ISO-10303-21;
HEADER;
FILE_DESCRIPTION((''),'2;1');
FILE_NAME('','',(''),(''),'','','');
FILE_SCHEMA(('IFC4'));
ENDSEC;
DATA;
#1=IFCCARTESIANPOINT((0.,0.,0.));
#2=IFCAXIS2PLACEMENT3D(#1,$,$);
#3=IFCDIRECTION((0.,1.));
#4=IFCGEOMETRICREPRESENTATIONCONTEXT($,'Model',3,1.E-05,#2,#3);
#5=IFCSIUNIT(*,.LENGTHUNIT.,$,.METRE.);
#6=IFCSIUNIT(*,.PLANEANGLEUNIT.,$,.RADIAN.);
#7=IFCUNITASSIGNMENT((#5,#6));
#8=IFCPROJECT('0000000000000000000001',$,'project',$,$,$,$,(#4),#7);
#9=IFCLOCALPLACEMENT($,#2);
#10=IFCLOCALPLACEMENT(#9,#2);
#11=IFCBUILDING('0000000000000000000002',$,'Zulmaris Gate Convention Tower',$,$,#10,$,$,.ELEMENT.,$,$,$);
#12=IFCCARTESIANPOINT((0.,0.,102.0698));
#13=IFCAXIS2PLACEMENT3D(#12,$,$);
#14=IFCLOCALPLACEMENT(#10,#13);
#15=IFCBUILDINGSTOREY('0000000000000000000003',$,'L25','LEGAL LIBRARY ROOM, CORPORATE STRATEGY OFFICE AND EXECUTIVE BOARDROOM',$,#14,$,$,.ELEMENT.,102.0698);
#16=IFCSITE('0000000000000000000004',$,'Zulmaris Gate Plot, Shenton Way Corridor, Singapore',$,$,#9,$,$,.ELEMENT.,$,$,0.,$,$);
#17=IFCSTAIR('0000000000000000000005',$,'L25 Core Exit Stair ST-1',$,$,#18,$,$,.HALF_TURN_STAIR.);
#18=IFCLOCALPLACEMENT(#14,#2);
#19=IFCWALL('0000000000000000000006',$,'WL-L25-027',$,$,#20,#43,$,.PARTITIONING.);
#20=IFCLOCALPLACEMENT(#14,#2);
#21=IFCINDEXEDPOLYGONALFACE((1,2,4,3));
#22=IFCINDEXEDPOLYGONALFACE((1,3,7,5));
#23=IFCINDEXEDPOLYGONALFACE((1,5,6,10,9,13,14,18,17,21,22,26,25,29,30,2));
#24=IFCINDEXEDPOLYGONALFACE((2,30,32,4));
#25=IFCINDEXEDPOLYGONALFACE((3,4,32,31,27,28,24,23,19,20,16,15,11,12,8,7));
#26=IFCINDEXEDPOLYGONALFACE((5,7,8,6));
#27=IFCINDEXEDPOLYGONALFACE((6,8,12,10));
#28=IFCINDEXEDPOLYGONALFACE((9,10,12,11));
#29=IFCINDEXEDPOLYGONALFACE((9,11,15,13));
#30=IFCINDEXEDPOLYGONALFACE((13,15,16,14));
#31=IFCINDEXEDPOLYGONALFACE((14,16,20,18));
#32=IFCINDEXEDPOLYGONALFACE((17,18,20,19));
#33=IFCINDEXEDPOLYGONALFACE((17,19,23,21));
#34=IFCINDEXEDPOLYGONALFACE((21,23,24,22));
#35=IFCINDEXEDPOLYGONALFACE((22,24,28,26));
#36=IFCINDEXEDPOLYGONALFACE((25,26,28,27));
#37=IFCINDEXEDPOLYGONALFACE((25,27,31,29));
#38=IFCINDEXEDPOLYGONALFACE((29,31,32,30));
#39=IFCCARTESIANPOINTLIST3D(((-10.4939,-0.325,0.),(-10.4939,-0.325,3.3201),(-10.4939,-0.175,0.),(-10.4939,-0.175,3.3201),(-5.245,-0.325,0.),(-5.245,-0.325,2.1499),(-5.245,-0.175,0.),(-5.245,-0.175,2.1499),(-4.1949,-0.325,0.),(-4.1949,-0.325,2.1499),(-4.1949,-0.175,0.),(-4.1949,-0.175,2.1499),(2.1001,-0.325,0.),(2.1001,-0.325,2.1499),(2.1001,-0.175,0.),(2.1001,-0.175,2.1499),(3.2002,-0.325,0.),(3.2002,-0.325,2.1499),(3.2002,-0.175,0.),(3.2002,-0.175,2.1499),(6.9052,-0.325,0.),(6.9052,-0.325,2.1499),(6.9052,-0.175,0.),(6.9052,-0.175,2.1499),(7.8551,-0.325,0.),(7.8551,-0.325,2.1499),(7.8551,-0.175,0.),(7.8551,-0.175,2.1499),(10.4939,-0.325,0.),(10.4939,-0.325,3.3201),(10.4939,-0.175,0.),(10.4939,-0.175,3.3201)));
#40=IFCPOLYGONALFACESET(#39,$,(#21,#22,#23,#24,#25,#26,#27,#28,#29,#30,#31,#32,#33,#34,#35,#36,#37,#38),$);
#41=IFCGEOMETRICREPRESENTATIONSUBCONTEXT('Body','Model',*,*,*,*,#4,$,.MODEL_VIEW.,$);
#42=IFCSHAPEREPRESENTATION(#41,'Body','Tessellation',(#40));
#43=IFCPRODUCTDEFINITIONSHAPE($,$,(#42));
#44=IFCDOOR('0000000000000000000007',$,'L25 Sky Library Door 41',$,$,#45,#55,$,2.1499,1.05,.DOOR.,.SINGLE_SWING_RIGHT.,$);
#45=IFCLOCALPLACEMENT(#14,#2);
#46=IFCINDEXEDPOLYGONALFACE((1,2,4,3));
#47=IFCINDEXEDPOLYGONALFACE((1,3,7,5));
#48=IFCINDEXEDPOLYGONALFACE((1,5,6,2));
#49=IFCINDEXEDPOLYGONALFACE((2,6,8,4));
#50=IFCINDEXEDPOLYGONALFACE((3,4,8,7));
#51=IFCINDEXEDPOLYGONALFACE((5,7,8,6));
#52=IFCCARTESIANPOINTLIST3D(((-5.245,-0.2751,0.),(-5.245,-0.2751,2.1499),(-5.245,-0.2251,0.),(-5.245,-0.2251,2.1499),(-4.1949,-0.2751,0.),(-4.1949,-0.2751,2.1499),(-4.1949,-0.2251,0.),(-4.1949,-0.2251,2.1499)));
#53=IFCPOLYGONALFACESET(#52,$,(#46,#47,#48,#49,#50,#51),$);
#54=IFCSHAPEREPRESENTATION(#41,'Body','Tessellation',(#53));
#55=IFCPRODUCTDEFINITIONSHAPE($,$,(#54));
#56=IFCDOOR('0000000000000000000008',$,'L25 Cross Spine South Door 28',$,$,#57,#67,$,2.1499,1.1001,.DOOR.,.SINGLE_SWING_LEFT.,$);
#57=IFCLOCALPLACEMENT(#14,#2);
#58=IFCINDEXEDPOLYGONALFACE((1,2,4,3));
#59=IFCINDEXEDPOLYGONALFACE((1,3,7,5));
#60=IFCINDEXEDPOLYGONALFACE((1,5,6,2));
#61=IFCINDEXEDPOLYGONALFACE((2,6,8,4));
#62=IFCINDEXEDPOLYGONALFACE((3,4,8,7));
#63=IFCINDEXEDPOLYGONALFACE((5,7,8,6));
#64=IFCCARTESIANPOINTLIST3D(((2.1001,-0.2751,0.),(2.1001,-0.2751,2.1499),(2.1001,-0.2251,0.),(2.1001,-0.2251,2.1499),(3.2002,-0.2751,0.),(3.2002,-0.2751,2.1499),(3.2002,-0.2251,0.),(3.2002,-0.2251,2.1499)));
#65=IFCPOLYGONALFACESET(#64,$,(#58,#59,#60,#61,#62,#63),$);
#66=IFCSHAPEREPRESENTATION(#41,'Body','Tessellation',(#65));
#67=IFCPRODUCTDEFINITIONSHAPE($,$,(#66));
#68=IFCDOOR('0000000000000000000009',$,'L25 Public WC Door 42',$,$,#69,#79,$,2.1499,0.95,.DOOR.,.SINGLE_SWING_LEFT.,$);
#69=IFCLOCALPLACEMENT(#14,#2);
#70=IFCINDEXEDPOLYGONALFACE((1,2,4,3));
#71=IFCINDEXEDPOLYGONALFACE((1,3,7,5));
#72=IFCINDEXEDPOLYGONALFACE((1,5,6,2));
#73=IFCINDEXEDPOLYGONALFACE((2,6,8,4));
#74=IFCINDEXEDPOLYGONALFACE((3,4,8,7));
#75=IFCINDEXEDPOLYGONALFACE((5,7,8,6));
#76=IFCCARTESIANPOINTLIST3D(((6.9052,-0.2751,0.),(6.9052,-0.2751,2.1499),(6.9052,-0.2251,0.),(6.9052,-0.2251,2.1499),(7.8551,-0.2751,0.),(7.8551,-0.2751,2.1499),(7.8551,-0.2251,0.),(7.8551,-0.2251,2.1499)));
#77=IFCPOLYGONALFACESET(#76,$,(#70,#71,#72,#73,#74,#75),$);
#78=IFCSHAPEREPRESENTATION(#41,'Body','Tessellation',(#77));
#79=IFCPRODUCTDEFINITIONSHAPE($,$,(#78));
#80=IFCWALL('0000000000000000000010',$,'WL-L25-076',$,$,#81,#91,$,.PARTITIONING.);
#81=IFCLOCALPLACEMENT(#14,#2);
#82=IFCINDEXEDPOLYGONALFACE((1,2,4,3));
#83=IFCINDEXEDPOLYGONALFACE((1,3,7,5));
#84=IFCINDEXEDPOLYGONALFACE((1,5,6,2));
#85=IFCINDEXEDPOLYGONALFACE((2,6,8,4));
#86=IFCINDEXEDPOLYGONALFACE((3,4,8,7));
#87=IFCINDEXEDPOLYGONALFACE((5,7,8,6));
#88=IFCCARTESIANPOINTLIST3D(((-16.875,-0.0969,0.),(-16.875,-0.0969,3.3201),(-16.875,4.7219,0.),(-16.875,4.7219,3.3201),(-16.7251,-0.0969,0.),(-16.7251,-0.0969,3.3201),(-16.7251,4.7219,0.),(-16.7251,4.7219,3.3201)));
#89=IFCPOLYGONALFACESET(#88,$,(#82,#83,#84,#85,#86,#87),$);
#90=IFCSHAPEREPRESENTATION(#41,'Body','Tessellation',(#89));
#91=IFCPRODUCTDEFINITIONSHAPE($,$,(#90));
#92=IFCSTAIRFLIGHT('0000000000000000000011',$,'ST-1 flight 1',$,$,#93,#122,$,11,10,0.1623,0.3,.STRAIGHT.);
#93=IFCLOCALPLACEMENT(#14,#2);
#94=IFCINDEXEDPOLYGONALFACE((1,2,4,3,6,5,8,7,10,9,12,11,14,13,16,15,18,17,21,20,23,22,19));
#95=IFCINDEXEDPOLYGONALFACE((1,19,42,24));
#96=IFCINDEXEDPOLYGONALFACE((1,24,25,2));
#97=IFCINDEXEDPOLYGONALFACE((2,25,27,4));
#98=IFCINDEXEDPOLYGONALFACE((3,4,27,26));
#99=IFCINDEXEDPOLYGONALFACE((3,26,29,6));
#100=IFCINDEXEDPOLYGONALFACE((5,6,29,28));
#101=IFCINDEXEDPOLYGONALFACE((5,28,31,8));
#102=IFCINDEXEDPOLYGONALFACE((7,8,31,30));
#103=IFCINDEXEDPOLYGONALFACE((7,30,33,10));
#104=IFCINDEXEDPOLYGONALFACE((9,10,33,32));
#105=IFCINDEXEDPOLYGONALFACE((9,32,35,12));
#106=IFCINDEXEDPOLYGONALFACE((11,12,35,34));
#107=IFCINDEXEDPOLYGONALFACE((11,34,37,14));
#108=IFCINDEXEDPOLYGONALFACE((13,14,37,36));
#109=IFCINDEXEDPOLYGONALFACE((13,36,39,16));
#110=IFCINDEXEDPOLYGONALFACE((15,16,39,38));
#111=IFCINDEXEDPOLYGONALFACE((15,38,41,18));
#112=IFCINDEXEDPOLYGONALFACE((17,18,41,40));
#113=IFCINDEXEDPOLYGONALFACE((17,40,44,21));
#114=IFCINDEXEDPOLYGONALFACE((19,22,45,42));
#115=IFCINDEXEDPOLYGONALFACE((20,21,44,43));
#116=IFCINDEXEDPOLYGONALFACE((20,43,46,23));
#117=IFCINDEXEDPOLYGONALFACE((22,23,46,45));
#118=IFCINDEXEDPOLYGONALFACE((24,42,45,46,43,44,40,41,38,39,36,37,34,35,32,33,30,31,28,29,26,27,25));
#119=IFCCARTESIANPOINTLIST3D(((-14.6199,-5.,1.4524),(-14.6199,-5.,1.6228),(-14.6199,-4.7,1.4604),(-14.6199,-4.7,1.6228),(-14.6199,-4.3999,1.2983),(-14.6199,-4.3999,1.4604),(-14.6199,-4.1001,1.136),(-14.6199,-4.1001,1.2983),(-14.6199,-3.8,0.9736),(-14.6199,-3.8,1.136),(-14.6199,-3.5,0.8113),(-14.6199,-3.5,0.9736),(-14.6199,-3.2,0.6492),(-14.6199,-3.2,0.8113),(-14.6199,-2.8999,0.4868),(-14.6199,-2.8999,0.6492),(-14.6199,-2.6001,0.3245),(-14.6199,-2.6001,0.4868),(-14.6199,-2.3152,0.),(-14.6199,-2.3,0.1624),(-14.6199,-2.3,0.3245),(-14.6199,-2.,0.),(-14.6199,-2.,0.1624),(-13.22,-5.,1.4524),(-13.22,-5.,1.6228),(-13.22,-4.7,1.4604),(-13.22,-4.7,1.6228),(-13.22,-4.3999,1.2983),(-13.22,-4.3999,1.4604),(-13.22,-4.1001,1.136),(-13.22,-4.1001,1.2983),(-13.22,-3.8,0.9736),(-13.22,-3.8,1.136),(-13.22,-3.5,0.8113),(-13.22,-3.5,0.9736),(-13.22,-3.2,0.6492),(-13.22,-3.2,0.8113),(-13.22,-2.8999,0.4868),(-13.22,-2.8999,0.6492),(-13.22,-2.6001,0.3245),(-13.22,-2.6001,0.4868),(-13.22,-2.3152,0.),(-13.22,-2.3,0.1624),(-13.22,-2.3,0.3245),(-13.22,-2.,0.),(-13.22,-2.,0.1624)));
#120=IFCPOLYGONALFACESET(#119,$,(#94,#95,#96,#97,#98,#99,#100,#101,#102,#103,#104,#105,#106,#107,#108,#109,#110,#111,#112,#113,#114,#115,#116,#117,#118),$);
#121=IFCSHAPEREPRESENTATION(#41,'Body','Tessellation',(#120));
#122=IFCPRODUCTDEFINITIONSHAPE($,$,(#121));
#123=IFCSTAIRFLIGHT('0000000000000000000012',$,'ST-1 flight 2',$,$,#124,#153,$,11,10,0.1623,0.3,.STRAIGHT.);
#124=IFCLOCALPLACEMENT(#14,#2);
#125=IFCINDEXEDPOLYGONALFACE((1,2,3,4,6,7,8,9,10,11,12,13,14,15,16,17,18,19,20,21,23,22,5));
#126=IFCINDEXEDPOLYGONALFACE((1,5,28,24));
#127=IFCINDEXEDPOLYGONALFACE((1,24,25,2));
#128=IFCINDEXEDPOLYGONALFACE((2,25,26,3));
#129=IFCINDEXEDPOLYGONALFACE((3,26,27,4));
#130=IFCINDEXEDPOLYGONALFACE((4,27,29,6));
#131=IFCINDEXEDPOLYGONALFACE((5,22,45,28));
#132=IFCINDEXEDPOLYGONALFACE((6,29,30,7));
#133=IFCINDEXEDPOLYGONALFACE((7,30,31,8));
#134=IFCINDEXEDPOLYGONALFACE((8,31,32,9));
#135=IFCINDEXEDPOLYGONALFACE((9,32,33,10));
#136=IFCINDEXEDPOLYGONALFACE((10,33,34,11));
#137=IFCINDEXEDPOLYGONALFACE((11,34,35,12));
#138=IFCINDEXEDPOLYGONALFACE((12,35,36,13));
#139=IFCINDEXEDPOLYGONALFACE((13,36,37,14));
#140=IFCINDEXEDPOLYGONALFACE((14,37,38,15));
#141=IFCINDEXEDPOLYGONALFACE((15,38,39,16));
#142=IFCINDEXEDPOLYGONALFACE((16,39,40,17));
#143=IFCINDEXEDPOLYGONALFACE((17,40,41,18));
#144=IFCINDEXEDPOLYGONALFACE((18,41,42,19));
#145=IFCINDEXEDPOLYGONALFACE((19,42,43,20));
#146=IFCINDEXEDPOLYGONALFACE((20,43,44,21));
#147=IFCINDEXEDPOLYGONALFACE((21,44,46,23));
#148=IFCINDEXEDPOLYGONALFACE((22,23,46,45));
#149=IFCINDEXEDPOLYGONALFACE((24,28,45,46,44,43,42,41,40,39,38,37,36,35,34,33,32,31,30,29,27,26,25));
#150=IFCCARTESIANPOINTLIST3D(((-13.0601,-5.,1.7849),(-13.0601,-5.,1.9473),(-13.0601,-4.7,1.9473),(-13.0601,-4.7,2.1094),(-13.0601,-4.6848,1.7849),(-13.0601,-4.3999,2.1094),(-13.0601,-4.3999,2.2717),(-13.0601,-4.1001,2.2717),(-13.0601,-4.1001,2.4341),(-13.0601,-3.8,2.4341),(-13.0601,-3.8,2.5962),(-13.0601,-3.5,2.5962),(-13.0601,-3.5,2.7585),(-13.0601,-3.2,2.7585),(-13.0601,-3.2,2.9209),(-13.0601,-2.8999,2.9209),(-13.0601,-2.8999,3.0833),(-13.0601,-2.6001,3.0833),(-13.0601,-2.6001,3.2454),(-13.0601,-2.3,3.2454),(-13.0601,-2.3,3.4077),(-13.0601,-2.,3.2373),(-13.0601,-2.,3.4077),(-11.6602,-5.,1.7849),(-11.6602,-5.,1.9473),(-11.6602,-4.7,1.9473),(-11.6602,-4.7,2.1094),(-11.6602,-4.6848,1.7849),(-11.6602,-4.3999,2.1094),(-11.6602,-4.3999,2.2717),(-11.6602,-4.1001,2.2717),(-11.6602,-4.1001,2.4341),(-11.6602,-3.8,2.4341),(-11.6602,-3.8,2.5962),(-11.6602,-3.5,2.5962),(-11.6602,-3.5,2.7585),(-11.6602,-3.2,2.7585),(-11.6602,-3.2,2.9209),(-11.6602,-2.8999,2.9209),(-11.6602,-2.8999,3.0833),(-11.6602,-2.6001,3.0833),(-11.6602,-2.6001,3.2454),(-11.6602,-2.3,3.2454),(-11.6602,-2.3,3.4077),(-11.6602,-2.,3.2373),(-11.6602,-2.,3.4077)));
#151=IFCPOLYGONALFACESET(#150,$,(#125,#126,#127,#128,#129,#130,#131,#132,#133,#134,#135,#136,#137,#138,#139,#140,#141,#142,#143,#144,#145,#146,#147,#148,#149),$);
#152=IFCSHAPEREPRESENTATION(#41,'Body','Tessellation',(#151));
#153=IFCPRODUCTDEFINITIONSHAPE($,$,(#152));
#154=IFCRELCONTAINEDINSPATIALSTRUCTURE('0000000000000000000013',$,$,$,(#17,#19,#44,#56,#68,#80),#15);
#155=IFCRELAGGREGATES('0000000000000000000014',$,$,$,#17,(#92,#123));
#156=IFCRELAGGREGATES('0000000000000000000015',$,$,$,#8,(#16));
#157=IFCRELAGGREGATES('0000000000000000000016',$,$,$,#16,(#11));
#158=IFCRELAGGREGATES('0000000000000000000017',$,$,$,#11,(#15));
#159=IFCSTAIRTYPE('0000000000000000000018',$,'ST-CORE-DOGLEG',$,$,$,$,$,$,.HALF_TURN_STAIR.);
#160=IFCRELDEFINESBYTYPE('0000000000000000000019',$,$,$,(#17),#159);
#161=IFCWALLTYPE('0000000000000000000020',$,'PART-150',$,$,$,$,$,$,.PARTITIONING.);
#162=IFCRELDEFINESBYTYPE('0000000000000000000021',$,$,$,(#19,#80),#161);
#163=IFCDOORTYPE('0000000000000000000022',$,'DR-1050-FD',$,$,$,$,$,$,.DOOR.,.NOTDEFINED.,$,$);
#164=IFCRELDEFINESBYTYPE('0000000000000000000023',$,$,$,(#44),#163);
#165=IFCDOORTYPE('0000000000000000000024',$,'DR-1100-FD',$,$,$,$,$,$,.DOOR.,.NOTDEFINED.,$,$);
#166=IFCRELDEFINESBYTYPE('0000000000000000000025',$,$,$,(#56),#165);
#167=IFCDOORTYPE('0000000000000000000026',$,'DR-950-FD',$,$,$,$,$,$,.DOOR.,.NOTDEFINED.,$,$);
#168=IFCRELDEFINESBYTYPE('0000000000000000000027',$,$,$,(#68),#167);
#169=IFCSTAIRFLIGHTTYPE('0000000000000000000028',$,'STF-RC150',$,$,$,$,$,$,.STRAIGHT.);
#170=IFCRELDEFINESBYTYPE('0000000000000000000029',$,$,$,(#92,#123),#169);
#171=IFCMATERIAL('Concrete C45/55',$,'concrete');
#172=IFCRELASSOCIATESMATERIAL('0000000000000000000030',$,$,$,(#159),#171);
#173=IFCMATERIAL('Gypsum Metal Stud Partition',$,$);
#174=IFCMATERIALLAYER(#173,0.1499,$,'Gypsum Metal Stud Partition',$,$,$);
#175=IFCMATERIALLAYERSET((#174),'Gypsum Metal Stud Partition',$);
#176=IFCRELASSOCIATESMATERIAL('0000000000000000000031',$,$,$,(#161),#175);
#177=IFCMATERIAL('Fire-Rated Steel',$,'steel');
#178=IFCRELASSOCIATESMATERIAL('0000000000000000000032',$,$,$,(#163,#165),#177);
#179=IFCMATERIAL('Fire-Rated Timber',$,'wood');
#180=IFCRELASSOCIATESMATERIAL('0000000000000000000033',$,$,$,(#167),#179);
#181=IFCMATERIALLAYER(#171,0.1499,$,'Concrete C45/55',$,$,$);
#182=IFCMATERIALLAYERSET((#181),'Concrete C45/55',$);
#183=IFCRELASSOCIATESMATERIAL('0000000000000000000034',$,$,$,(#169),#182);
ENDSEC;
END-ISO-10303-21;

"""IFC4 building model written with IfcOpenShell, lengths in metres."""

from ifc_helpers import new_model, si_unit, direction, frame, frame_2d, origin, place, context, subcontext, project, spatial, polyline, rectangle, outline, extrude, material, layer, layer_set, type_object, element, fill, aggregate, save


model = new_model("IFC4")

# Units and contexts
model_context = context("Model", 3, precision=1e-05, world=origin(), true_north=direction((0.0, 1.0)))
body_context = subcontext(model_context, "Body", "Model", "MODEL_VIEW")
ifc_project = project(units=[si_unit("LENGTHUNIT", "METRE"), si_unit("PLANEANGLEUNIT", "RADIAN")], contexts=[model_context])

# Site, building, storey
site_placement = place(None, origin())
site = spatial("IfcSite", under=ifc_project, at=site_placement, Name="Zulmaris Gate Plot, Shenton Way Corridor, Singapore", CompositionType="ELEMENT", RefElevation=0.0)
building_placement = place(site_placement, origin())
building = spatial("IfcBuilding", under=site, at=building_placement, Name="Zulmaris Gate Convention Tower", CompositionType="ELEMENT")
storey_placement = place(building_placement, frame((0.0, 0.0, 102.0698)))
storey = spatial("IfcBuildingStorey", under=building, at=storey_placement, Name="L25", Description="LEGAL LIBRARY ROOM, CORPORATE STRATEGY OFFICE AND EXECUTIVE BOARDROOM", CompositionType="ELEMENT", Elevation=102.0698)

# Stair
ifc_material_1 = material(Name="Concrete C45/55", Category="concrete")
stair_type = type_object("IfcStairType", Name="ST-CORE-DOGLEG", PredefinedType="HALF_TURN_STAIR", material=ifc_material_1)
stair_1_placement = place(storey_placement, origin())
stair_1 = element("IfcStair", 1, at=stair_1_placement, inside=storey, type_object=stair_type, Name="L25 Core Exit Stair ST-1", PredefinedType="HALF_TURN_STAIR")

# Wall, openings, doors
ifc_material_2 = material(Name="Gypsum Metal Stud Partition")
ifc_layer_1 = layer(ifc_material_2, 0.1499, Name="Gypsum Metal Stud Partition")
ifc_layer_set_1 = layer_set([ifc_layer_1], Name="Gypsum Metal Stud Partition")
wall_type_1 = type_object("IfcWallType", Name="PART-150", PredefinedType="PARTITIONING", material=ifc_layer_set_1)
wall_1_placement = place(storey_placement, frame((-10.4939, -0.25, 0.0), z_axis=(0.0, 0.0, 1.0), x_axis=(1.0, 0.0, 0.0)))
wall_1 = element("IfcWall", 2, at=wall_1_placement, inside=storey, type_object=wall_type_1, Name="WL-L25-027", PredefinedType="PARTITIONING", context=body_context, shape_type="SweptSolid", body=[
    extrude(rectangle(XDim=20.9878, YDim=0.1499, at=frame_2d((10.4939, 0.0))), origin(), (0.0, 0.0, 1.0), 3.3201),
])
opening_1_placement = place(wall_1_placement, frame((12.594, 0.0, 0.0)))
opening_1 = element("IfcOpeningElement", 3, at=opening_1_placement, cuts=wall_1, PredefinedType="OPENING", context=body_context, shape_type="SweptSolid", body=[
    extrude(rectangle(XDim=1.1001, YDim=2.1499, at=frame_2d((0.55, 1.075))), frame((0.0, 0.085, 0.0), z_axis=(0.0, -1.0, 0.0), x_axis=(1.0, 0.0, 0.0)), (0.0, 0.0, 1.0), 0.1699),
])
opening_2_placement = place(wall_1_placement, frame((5.249, 0.0, 0.0)))
opening_2 = element("IfcOpeningElement", 4, at=opening_2_placement, cuts=wall_1, PredefinedType="OPENING", context=body_context, shape_type="SweptSolid", body=[
    extrude(rectangle(XDim=1.05, YDim=2.1499, at=frame_2d((0.5249, 1.075))), frame((0.0, 0.085, 0.0), z_axis=(0.0, -1.0, 0.0), x_axis=(1.0, 0.0, 0.0)), (0.0, 0.0, 1.0), 0.1699),
])
opening_3_placement = place(wall_1_placement, frame((17.3989, 0.0, 0.0)))
opening_3 = element("IfcOpeningElement", 5, at=opening_3_placement, cuts=wall_1, PredefinedType="OPENING", context=body_context, shape_type="SweptSolid", body=[
    extrude(rectangle(XDim=0.95, YDim=2.1499, at=frame_2d((0.4751, 1.075))), frame((0.0, 0.085, 0.0), z_axis=(0.0, -1.0, 0.0), x_axis=(1.0, 0.0, 0.0)), (0.0, 0.0, 1.0), 0.1699),
])
ifc_material_3 = material(Name="Fire-Rated Steel", Category="steel")
door_type_1 = type_object("IfcDoorType", Name="DR-1050-FD", OperationType="NOTDEFINED", PredefinedType="DOOR", material=ifc_material_3)
door_1_placement = place(opening_2_placement, origin())
door_1 = element("IfcDoor", 6, at=door_1_placement, inside=storey, type_object=door_type_1, Name="L25 Sky Library Door 41", OperationType="SINGLE_SWING_RIGHT", OverallHeight=2.1499, OverallWidth=1.05, PredefinedType="DOOR", context=body_context, shape_type="SweptSolid", body=[
    extrude(rectangle(XDim=1.05, YDim=2.1499, at=frame_2d((0.5249, 1.075))), frame((0.0, 0.0249, 0.0), z_axis=(0.0, -1.0, 0.0), x_axis=(1.0, 0.0, 0.0)), (0.0, 0.0, 1.0), 0.05),
])
fill(opening_2, door_1)
door_type_2 = type_object("IfcDoorType", Name="DR-1100-FD", OperationType="NOTDEFINED", PredefinedType="DOOR", material=ifc_material_3)
door_2_placement = place(opening_1_placement, origin())
door_2 = element("IfcDoor", 7, at=door_2_placement, inside=storey, type_object=door_type_2, Name="L25 Cross Spine South Door 28", OperationType="SINGLE_SWING_LEFT", OverallHeight=2.1499, OverallWidth=1.1001, PredefinedType="DOOR", context=body_context, shape_type="SweptSolid", body=[
    extrude(rectangle(XDim=1.1001, YDim=2.1499, at=frame_2d((0.55, 1.075))), frame((0.0, 0.0249, 0.0), z_axis=(0.0, -1.0, 0.0), x_axis=(1.0, 0.0, 0.0)), (0.0, 0.0, 1.0), 0.05),
])
fill(opening_1, door_2)
ifc_material_4 = material(Name="Fire-Rated Timber", Category="wood")
door_type_3 = type_object("IfcDoorType", Name="DR-950-FD", OperationType="NOTDEFINED", PredefinedType="DOOR", material=ifc_material_4)
door_3_placement = place(opening_3_placement, origin())
door_3 = element("IfcDoor", 8, at=door_3_placement, inside=storey, type_object=door_type_3, Name="L25 Public WC Door 42", OperationType="SINGLE_SWING_LEFT", OverallHeight=2.1499, OverallWidth=0.95, PredefinedType="DOOR", context=body_context, shape_type="SweptSolid", body=[
    extrude(rectangle(XDim=0.95, YDim=2.1499, at=frame_2d((0.4751, 1.075))), frame((0.0, 0.0249, 0.0), z_axis=(0.0, -1.0, 0.0), x_axis=(1.0, 0.0, 0.0)), (0.0, 0.0, 1.0), 0.05),
])
fill(opening_3, door_3)

# Wall
wall_2_placement = place(storey_placement, frame((-16.8, -0.0969, 0.0), z_axis=(0.0, 0.0, 1.0), x_axis=(0.0, 1.0, 0.0)))
element("IfcWall", 9, at=wall_2_placement, inside=storey, type_object=wall_type_1, Name="WL-L25-076", PredefinedType="PARTITIONING", context=body_context, shape_type="SweptSolid", body=[
    extrude(rectangle(XDim=4.8188, YDim=0.1499, at=frame_2d((2.4094, 0.0))), origin(), (0.0, 0.0, 1.0), 3.3201),
])

# Stair flights
ifc_layer_2 = layer(ifc_material_1, 0.1499, Name="Concrete C45/55")
ifc_layer_set_2 = layer_set([ifc_layer_2], Name="Concrete C45/55")
stair_flight_type = type_object("IfcStairFlightType", Name="STF-RC150", PredefinedType="STRAIGHT", material=ifc_layer_set_2)
stair_flight_1_placement = place(storey_placement, frame((-13.9199, -2.0, 0.0), z_axis=(0.0, 0.0, 1.0), x_axis=(0.0, -1.0, 0.0)))
stair_flight_1 = element("IfcStairFlight", 10, at=stair_flight_1_placement, type_object=stair_flight_type, Name="ST-1 flight 1", NumberOfRisers=11, NumberOfTreads=10, PredefinedType="STRAIGHT", RiserHeight=0.1623, TreadLength=0.3, context=body_context, shape_type="SweptSolid", body=[
    extrude(outline(polyline([(0.0, 0.0), (0.0, 0.1624), (0.3, 0.1624), (0.3, 0.3245), (0.6001, 0.3245), (0.6001, 0.4868), (0.8999, 0.4868), (0.8999, 0.6492), (1.2, 0.6492), (1.2, 0.8113), (1.5, 0.8113), (1.5, 0.9736), (1.8, 0.9736), (1.8, 1.136), (2.1001, 1.136), (2.1001, 1.2983), (2.3999, 1.2983), (2.3999, 1.4604), (2.7, 1.4604), (2.7, 1.6228), (3.0, 1.6228), (3.0, 1.7852), (3.0, 1.4524), (0.3152, 0.0), (0.0, 0.0)])), frame((0.0, 0.7, 0.0), z_axis=(0.0, -1.0, 0.0), x_axis=(1.0, 0.0, 0.0)), (0.0, 0.0, 1.0), 1.3999),
])
stair_flight_2_placement = place(storey_placement, frame((-12.3601, -5.0, 1.7849), z_axis=(0.0, 0.0, 1.0), x_axis=(0.0, 1.0, 0.0)))
stair_flight_2 = element("IfcStairFlight", 11, at=stair_flight_2_placement, type_object=stair_flight_type, Name="ST-1 flight 2", NumberOfRisers=11, NumberOfTreads=10, PredefinedType="STRAIGHT", RiserHeight=0.1623, TreadLength=0.3, context=body_context, shape_type="SweptSolid", body=[
    extrude(outline(polyline([(0.0, 0.0), (0.0, 0.1624), (0.3, 0.1624), (0.3, 0.3245), (0.6001, 0.3245), (0.6001, 0.4868), (0.8999, 0.4868), (0.8999, 0.6492), (1.2, 0.6492), (1.2, 0.8113), (1.5, 0.8113), (1.5, 0.9736), (1.8, 0.9736), (1.8, 1.136), (2.1001, 1.136), (2.1001, 1.2983), (2.3999, 1.2983), (2.3999, 1.4604), (2.7, 1.4604), (2.7, 1.6228), (3.0, 1.6228), (3.0, 1.7852), (3.0, 1.4524), (0.3152, 0.0), (0.0, 0.0)])), frame((0.0, 0.7, 0.0), z_axis=(0.0, -1.0, 0.0), x_axis=(1.0, 0.0, 0.0)), (0.0, 0.0, 1.0), 1.3999),
])
aggregate(stair_1, [stair_flight_1, stair_flight_2])

save(model, "model.ifc")
